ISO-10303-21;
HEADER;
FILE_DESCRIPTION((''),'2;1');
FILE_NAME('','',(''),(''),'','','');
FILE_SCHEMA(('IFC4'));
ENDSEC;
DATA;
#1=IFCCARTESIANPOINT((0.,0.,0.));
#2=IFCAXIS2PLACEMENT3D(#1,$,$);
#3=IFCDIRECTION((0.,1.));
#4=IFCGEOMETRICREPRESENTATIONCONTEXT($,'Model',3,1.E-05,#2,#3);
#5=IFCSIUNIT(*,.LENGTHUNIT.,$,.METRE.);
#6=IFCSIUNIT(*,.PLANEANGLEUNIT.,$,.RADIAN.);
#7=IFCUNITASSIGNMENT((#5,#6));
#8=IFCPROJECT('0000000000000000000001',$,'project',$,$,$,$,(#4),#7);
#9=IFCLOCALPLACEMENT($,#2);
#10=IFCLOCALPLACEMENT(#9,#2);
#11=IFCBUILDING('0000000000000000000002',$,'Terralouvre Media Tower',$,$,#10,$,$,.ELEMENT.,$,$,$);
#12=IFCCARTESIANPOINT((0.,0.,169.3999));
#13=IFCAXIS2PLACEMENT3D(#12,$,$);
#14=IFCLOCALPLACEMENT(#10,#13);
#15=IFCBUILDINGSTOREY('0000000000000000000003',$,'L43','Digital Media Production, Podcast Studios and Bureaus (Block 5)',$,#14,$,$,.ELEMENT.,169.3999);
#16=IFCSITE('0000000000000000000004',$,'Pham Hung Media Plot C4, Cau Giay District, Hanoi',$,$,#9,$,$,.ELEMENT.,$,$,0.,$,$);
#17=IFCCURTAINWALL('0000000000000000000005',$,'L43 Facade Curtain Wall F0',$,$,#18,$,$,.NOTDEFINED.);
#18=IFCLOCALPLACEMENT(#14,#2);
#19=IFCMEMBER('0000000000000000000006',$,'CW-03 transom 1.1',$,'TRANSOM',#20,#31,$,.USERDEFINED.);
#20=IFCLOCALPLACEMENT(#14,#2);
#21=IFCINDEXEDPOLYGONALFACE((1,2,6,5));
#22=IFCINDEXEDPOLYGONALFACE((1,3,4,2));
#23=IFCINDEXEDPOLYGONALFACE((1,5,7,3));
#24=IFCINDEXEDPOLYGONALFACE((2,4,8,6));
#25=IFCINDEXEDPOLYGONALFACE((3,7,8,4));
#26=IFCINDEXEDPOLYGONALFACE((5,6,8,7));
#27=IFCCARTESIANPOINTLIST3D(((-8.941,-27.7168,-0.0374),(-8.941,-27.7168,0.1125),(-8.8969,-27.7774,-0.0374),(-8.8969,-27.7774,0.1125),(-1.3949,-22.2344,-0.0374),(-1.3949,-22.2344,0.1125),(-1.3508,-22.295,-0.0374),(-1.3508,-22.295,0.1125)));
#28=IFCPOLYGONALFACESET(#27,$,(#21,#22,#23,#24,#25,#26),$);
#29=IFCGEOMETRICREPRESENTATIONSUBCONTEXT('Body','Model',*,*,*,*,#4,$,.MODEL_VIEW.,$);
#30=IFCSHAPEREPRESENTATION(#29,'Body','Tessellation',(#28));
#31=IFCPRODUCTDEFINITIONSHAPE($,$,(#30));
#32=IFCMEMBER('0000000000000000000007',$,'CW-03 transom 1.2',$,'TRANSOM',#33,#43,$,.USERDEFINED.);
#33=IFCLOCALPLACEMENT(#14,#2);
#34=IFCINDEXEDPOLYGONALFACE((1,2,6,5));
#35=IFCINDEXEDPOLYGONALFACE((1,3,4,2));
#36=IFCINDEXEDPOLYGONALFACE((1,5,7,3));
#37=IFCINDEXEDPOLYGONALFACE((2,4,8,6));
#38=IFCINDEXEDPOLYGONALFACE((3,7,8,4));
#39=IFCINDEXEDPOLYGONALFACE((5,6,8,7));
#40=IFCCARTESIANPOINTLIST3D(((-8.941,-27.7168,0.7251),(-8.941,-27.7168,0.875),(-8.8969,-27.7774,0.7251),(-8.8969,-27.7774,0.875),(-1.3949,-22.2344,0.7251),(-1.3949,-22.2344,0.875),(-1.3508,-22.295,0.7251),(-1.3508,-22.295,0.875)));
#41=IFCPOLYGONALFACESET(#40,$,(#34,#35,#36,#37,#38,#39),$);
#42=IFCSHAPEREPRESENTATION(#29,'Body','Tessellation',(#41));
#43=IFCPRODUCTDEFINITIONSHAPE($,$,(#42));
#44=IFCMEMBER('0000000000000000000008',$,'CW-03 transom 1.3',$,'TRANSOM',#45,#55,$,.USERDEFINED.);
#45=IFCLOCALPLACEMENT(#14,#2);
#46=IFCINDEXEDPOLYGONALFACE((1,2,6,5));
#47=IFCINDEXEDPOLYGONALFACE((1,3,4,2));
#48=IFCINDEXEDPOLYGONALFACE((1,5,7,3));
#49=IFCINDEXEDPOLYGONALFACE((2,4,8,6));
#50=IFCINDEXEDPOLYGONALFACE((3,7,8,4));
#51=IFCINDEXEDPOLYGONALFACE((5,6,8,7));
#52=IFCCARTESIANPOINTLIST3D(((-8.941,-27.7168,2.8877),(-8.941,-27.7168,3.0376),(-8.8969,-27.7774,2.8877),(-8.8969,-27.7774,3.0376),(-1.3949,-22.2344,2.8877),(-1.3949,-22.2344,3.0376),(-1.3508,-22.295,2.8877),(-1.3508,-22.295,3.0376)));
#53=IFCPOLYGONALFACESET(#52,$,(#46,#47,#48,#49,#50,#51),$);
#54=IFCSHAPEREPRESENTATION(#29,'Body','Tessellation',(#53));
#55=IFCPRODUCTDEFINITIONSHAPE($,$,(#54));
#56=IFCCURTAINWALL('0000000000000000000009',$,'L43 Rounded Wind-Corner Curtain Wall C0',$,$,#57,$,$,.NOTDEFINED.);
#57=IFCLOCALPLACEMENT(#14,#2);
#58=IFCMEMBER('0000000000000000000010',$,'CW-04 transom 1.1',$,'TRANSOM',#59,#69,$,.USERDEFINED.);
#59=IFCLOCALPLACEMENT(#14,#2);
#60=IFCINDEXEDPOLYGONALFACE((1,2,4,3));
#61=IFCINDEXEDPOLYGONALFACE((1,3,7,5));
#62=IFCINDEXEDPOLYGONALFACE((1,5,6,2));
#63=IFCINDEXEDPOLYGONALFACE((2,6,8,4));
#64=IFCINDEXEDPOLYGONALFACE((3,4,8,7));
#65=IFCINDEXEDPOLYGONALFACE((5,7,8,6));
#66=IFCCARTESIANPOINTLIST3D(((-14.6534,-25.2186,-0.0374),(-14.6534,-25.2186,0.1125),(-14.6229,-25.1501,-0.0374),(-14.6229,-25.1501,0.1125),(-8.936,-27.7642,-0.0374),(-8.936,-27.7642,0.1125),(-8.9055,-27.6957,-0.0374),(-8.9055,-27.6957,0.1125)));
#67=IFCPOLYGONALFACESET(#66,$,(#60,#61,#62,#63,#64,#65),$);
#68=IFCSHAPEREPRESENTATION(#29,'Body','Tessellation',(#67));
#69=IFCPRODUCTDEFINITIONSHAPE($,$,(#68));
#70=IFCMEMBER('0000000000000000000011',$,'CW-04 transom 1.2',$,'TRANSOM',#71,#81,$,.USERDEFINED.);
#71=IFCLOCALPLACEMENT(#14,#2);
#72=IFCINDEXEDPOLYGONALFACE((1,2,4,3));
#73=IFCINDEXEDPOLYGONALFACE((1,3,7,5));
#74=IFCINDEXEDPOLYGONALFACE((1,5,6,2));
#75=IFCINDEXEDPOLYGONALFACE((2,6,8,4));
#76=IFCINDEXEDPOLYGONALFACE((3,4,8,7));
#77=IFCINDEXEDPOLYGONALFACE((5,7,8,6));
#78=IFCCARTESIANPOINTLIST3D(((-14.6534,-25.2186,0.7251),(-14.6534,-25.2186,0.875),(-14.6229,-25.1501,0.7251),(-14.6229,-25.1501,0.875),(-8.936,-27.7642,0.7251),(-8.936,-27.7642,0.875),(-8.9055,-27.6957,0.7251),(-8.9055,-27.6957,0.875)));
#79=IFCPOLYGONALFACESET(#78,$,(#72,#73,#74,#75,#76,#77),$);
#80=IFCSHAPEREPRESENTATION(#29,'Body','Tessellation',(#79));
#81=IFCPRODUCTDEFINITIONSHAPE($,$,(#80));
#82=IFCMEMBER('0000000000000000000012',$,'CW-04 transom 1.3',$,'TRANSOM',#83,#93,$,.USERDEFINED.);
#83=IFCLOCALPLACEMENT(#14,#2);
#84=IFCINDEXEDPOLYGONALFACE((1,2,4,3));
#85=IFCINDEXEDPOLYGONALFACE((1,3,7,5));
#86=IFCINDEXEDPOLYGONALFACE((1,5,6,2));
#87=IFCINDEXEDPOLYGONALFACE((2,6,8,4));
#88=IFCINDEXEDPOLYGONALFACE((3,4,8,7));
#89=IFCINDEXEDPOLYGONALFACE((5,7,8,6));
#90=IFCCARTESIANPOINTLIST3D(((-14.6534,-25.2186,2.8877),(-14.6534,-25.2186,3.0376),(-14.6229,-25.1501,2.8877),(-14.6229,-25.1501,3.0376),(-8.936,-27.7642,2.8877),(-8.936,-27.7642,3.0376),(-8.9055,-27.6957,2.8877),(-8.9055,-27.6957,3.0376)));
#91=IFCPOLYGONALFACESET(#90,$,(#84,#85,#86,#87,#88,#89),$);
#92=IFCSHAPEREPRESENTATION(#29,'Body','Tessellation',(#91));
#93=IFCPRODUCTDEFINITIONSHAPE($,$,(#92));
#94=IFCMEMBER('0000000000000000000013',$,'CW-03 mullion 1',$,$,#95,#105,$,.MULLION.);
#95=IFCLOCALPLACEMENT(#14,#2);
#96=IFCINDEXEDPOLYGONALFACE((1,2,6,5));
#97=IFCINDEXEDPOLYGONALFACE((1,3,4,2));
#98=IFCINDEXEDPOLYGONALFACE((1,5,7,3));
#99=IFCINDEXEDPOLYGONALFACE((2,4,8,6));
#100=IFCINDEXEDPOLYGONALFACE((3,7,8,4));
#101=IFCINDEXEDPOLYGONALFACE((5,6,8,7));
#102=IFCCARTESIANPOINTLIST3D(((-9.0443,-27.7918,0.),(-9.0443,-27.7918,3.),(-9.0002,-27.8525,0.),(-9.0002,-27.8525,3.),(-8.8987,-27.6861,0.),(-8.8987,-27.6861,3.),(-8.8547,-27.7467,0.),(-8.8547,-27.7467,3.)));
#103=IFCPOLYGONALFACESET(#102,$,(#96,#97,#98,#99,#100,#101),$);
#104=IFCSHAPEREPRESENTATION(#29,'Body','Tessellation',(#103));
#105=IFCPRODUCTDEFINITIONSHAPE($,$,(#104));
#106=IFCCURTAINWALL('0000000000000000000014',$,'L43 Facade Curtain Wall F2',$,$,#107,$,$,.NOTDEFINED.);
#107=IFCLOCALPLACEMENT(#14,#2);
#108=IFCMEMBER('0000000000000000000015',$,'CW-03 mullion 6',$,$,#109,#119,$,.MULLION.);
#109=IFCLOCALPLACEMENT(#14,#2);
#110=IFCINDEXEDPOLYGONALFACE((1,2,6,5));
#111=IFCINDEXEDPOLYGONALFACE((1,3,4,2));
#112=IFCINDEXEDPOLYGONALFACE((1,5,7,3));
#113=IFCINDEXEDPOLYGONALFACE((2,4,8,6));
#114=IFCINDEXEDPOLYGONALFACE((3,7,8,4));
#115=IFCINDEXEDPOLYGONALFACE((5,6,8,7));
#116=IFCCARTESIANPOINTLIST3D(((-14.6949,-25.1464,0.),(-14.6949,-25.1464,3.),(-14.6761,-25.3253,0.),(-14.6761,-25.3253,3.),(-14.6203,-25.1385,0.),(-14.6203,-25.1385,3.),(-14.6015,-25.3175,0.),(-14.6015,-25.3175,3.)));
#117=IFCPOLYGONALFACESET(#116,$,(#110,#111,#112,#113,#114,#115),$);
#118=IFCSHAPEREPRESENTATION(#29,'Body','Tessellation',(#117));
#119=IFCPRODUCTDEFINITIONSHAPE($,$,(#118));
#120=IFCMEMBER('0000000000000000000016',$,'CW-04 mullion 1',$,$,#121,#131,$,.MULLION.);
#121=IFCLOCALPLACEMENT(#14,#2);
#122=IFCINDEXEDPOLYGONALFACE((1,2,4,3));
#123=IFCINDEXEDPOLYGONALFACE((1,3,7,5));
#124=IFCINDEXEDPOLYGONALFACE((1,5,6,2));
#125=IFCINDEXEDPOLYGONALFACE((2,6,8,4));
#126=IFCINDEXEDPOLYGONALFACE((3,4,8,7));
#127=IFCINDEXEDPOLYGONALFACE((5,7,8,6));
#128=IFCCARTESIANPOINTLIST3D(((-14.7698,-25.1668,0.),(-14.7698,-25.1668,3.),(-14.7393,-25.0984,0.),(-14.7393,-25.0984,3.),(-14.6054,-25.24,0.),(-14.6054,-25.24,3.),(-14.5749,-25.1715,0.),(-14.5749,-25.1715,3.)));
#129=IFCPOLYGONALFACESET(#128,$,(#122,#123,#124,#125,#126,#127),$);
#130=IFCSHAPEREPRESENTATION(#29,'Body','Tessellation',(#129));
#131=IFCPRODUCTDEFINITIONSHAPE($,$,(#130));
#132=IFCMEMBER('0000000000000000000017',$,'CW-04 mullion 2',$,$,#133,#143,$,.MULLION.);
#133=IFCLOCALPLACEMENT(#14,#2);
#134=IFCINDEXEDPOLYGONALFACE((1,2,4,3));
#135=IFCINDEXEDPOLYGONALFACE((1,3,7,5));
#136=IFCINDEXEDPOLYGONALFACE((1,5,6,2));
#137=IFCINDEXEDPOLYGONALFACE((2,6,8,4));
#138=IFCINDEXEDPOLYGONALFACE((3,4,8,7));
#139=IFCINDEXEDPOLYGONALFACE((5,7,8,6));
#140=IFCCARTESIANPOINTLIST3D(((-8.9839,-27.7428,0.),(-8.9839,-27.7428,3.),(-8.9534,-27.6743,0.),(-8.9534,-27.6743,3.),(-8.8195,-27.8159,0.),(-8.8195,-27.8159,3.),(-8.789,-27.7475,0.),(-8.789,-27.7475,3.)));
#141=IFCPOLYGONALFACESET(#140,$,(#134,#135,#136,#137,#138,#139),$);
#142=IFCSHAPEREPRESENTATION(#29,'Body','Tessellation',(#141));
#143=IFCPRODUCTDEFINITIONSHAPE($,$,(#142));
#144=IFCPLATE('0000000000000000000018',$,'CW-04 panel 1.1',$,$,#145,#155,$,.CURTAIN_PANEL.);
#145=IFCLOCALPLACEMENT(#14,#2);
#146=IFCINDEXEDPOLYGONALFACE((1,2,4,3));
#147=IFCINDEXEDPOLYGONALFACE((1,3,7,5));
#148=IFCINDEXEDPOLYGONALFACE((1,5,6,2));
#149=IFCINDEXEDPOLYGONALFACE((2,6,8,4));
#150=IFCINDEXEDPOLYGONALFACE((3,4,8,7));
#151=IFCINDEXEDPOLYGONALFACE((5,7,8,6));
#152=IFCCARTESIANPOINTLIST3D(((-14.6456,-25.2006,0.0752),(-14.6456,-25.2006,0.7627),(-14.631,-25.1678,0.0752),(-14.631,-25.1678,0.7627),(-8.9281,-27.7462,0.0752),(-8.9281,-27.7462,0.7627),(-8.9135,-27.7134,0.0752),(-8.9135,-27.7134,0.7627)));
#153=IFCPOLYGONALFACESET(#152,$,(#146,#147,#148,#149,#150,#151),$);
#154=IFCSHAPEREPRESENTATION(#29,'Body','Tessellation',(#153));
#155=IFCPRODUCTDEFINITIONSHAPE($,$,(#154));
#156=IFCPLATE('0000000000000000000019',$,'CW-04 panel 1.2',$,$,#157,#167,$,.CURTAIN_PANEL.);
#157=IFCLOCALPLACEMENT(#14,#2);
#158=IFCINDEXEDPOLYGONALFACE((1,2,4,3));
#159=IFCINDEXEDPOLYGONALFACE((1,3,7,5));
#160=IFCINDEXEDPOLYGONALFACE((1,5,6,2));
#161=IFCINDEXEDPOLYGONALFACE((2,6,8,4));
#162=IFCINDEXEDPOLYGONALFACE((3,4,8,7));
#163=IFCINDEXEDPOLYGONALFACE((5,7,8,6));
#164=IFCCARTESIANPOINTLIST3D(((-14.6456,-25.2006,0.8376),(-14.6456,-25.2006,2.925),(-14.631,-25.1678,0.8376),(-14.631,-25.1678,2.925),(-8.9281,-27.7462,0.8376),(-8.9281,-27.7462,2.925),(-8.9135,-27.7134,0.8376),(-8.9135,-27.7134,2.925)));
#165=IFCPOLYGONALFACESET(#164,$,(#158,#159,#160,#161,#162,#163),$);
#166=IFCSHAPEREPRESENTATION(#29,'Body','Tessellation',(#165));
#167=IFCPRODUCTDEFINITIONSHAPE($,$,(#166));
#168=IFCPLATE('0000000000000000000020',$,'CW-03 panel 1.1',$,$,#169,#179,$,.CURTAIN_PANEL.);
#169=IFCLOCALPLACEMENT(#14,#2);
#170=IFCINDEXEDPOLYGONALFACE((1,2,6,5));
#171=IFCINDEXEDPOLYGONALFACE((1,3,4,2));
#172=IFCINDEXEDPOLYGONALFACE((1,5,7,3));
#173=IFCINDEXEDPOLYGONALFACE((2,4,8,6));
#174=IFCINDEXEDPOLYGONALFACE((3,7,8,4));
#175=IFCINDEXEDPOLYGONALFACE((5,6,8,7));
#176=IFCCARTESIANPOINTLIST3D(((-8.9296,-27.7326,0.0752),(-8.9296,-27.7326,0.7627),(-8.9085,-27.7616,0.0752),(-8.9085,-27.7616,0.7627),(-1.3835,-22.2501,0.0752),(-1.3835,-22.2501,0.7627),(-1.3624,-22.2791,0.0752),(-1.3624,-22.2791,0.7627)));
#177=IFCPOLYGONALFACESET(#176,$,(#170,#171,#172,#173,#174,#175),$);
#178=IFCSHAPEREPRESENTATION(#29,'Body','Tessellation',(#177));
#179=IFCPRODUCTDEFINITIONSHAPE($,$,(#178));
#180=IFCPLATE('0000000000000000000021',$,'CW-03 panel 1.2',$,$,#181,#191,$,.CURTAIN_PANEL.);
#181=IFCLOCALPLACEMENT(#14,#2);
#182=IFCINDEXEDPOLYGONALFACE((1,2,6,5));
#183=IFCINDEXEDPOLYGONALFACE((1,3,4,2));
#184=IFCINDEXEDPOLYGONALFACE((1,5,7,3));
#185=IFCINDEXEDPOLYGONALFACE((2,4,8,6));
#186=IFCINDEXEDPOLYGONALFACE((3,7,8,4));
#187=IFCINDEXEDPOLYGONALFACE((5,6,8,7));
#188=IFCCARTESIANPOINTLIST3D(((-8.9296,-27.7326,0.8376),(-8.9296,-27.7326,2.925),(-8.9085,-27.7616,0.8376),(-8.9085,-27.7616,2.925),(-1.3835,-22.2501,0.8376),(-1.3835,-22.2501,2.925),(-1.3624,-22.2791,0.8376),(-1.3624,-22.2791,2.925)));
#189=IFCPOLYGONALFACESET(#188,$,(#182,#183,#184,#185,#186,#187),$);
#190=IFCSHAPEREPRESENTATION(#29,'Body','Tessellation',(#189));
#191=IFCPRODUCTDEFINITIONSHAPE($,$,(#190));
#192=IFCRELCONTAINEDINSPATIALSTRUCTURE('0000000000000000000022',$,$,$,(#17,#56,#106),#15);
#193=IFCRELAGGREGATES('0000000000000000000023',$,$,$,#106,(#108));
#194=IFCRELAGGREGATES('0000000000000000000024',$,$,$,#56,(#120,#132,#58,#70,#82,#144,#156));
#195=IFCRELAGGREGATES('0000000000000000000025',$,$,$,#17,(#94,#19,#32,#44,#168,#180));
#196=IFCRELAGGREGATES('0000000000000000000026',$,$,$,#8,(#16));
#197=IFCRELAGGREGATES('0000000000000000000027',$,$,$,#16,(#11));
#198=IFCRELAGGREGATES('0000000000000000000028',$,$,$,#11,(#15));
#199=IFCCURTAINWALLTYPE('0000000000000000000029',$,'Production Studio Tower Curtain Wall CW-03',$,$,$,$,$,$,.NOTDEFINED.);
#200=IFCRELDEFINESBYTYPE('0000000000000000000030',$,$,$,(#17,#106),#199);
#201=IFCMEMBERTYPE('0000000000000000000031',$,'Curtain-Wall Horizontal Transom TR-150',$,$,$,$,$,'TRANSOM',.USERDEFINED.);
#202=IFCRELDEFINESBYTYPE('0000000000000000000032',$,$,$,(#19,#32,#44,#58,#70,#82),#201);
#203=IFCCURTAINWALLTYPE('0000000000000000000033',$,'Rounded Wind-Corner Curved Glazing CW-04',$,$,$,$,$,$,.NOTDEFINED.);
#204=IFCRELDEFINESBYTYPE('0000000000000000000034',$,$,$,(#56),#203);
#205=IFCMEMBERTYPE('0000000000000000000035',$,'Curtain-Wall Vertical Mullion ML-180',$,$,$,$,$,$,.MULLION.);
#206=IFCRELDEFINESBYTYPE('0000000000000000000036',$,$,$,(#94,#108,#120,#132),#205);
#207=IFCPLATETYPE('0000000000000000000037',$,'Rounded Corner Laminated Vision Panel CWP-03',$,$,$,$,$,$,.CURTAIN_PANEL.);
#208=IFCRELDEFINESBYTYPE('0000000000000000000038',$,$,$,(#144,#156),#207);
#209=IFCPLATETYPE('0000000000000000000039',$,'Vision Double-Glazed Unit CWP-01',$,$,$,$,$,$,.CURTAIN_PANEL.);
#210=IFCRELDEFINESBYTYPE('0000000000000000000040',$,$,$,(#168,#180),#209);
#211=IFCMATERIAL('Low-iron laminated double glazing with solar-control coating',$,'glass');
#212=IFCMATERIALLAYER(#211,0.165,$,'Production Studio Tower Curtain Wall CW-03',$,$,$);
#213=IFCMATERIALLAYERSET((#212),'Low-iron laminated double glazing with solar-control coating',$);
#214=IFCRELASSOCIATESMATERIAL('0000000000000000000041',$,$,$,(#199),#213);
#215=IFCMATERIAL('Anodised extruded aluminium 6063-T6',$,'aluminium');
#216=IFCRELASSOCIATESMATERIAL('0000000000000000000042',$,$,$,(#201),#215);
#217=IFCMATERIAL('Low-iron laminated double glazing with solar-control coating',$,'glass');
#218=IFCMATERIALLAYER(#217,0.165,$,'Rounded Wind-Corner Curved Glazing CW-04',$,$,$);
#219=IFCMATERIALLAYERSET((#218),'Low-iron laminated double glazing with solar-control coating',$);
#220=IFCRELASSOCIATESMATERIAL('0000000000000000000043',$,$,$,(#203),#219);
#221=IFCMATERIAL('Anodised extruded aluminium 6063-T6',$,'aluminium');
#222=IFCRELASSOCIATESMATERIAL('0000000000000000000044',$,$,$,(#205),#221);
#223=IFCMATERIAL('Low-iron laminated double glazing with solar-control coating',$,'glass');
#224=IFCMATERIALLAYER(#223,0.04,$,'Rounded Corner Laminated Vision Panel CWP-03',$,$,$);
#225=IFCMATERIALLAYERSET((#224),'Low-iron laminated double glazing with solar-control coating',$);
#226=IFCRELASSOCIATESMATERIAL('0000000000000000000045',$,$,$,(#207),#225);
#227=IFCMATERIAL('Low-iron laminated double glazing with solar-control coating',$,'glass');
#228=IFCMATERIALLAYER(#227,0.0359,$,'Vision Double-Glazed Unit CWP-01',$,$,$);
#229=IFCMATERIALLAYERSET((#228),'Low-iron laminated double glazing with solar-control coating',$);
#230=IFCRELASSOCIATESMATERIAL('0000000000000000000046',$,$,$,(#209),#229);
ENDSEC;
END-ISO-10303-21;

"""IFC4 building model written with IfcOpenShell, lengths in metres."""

from ifc_helpers import new_model, si_unit, direction, frame, origin, origin_2d, place, context, subcontext, project, spatial, rectangle, extrude, material, layer, layer_set, material_profile, profile_set, type_object, element, aggregate, save


model = new_model("IFC4")

# Units and contexts
model_context = context("Model", 3, precision=1e-05, world=origin(), true_north=direction((0.0, 1.0)))
body_context = subcontext(model_context, "Body", "Model", "MODEL_VIEW")
ifc_project = project(units=[si_unit("LENGTHUNIT", "METRE"), si_unit("PLANEANGLEUNIT", "RADIAN")], contexts=[model_context])

# Site, building, storey
site_placement = place(None, origin())
site = spatial("IfcSite", under=ifc_project, at=site_placement, Name="Pham Hung Media Plot C4, Cau Giay District, Hanoi", CompositionType="ELEMENT", RefElevation=0.0)
building_placement = place(site_placement, origin())
building = spatial("IfcBuilding", under=site, at=building_placement, Name="Terralouvre Media Tower", CompositionType="ELEMENT")
storey_placement = place(building_placement, frame((0.0, 0.0, 169.3999)))
storey = spatial("IfcBuildingStorey", under=building, at=storey_placement, Name="L43", Description="Digital Media Production, Podcast Studios and Bureaus (Block 5)", CompositionType="ELEMENT", Elevation=169.3999)

# Curtain walls, members
ifc_material_1 = material(Name="Low-iron laminated double glazing with solar-control coating", Category="glass")
ifc_layer_1 = layer(ifc_material_1, 0.165, Name="Production Studio Tower Curtain Wall CW-03")
ifc_layer_set_1 = layer_set([ifc_layer_1], Name="Low-iron laminated double glazing with solar-control coating")
curtain_wall_type_1 = type_object("IfcCurtainWallType", Name="Production Studio Tower Curtain Wall CW-03", PredefinedType="NOTDEFINED", material=ifc_layer_set_1)
curtain_wall_1_placement = place(storey_placement, origin())
curtain_wall_1 = element("IfcCurtainWall", 1, at=curtain_wall_1_placement, inside=storey, type_object=curtain_wall_type_1, Name="L43 Facade Curtain Wall F0", PredefinedType="NOTDEFINED")
ifc_material_2 = material(Name="Anodised extruded aluminium 6063-T6", Category="aluminium")
ifc_material_profile_1 = material_profile(ifc_material_2, rectangle(XDim=0.075, YDim=0.1499, at=origin_2d()), Name="ALU 75x150")
ifc_profile_set_1 = profile_set([ifc_material_profile_1], Name="Anodised extruded aluminium 6063-T6")
member_type_1 = type_object("IfcMemberType", Name="Curtain-Wall Horizontal Transom TR-150", ElementType="TRANSOM", PredefinedType="USERDEFINED", material=ifc_profile_set_1)
member_1_placement = place(storey_placement, frame((-8.9189, -27.7471, 0.0376), z_axis=(0.809026, 0.587773, 0.0), x_axis=(-0.587773, 0.809026, 0.0)))
member_1 = element("IfcMember", 2, at=member_1_placement, type_object=member_type_1, Name="CW-03 transom 1.1", ObjectType="TRANSOM", PredefinedType="USERDEFINED", context=body_context, shape_type="SweptSolid", body=[
    extrude(rectangle(XDim=0.075, YDim=0.1499, at=origin_2d()), origin(), (0.0, 0.0, 1.0), 9.3274),
])
member_2_placement = place(storey_placement, frame((-8.9189, -27.7471, 0.8), z_axis=(0.809026, 0.587773, 0.0), x_axis=(-0.587773, 0.809026, 0.0)))
member_2 = element("IfcMember", 3, at=member_2_placement, type_object=member_type_1, Name="CW-03 transom 1.2", ObjectType="TRANSOM", PredefinedType="USERDEFINED", context=body_context, shape_type="SweptSolid", body=[
    extrude(rectangle(XDim=0.075, YDim=0.1499, at=origin_2d()), origin(), (0.0, 0.0, 1.0), 9.3274),
])
member_3_placement = place(storey_placement, frame((-8.9189, -27.7471, 2.9626), z_axis=(0.809026, 0.587773, 0.0), x_axis=(-0.587773, 0.809026, 0.0)))
member_3 = element("IfcMember", 4, at=member_3_placement, type_object=member_type_1, Name="CW-03 transom 1.3", ObjectType="TRANSOM", PredefinedType="USERDEFINED", context=body_context, shape_type="SweptSolid", body=[
    extrude(rectangle(XDim=0.075, YDim=0.1499, at=origin_2d()), origin(), (0.0, 0.0, 1.0), 9.3274),
])
ifc_material_3 = material(Name="Low-iron laminated double glazing with solar-control coating", Category="glass")
ifc_layer_2 = layer(ifc_material_3, 0.165, Name="Rounded Wind-Corner Curved Glazing CW-04")
ifc_layer_set_2 = layer_set([ifc_layer_2], Name="Low-iron laminated double glazing with solar-control coating")
curtain_wall_type_2 = type_object("IfcCurtainWallType", Name="Rounded Wind-Corner Curved Glazing CW-04", PredefinedType="NOTDEFINED", material=ifc_layer_set_2)
curtain_wall_2_placement = place(storey_placement, origin())
curtain_wall_2 = element("IfcCurtainWall", 5, at=curtain_wall_2_placement, inside=storey, type_object=curtain_wall_type_2, Name="L43 Rounded Wind-Corner Curtain Wall C0", PredefinedType="NOTDEFINED")
member_4_placement = place(storey_placement, frame((-14.6382, -25.1843, 0.0376), z_axis=(0.913543, -0.406743, 0.0), x_axis=(0.406743, 0.913543, 0.0)))
member_4 = element("IfcMember", 6, at=member_4_placement, type_object=member_type_1, Name="CW-04 transom 1.1", ObjectType="TRANSOM", PredefinedType="USERDEFINED", context=body_context, shape_type="SweptSolid", body=[
    extrude(rectangle(XDim=0.075, YDim=0.1499, at=origin_2d()), origin(), (0.0, 0.0, 1.0), 6.2585),
])
member_5_placement = place(storey_placement, frame((-14.6382, -25.1843, 0.8), z_axis=(0.913543, -0.406743, 0.0), x_axis=(0.406743, 0.913543, 0.0)))
member_5 = element("IfcMember", 7, at=member_5_placement, type_object=member_type_1, Name="CW-04 transom 1.2", ObjectType="TRANSOM", PredefinedType="USERDEFINED", context=body_context, shape_type="SweptSolid", body=[
    extrude(rectangle(XDim=0.075, YDim=0.1499, at=origin_2d()), origin(), (0.0, 0.0, 1.0), 6.2585),
])
member_6_placement = place(storey_placement, frame((-14.6382, -25.1843, 2.9626), z_axis=(0.913543, -0.406743, 0.0), x_axis=(0.406743, 0.913543, 0.0)))
member_6 = element("IfcMember", 8, at=member_6_placement, type_object=member_type_1, Name="CW-04 transom 1.3", ObjectType="TRANSOM", PredefinedType="USERDEFINED", context=body_context, shape_type="SweptSolid", body=[
    extrude(rectangle(XDim=0.075, YDim=0.1499, at=origin_2d()), origin(), (0.0, 0.0, 1.0), 6.2585),
])

# Member
ifc_material_4 = material(Name="Anodised extruded aluminium 6063-T6", Category="aluminium")
ifc_material_profile_2 = material_profile(ifc_material_4, rectangle(XDim=0.075, YDim=0.1799, at=origin_2d()), Name="ALU 75x180")
ifc_profile_set_2 = profile_set([ifc_material_profile_2], Name="Anodised extruded aluminium 6063-T6")
member_type_2 = type_object("IfcMemberType", Name="Curtain-Wall Vertical Mullion ML-180", PredefinedType="MULLION", material=ifc_profile_set_2)
member_7_placement = place(storey_placement, frame((-8.9495, -27.7693, 0.0), z_axis=(0.0, 0.0, 1.0), x_axis=(-0.587785, 0.809017, 0.0)))
member_7 = element("IfcMember", 9, at=member_7_placement, type_object=member_type_2, Name="CW-03 mullion 1", PredefinedType="MULLION", context=body_context, shape_type="SweptSolid", body=[
    extrude(rectangle(XDim=0.075, YDim=0.1799, at=origin_2d()), origin(), (0.0, 0.0, 1.0), 3.0),
])

# Curtain wall, member
curtain_wall_3_placement = place(storey_placement, origin())
curtain_wall_3 = element("IfcCurtainWall", 10, at=curtain_wall_3_placement, inside=storey, type_object=curtain_wall_type_1, Name="L43 Facade Curtain Wall F2", PredefinedType="NOTDEFINED")
member_8_placement = place(storey_placement, frame((-14.6482, -25.2319, 0.0), z_axis=(0.0, 0.0, 1.0), x_axis=(0.994522, 0.104528, 0.0)))
member_8 = element("IfcMember", 11, at=member_8_placement, type_object=member_type_2, Name="CW-03 mullion 6", PredefinedType="MULLION", context=body_context, shape_type="SweptSolid", body=[
    extrude(rectangle(XDim=0.075, YDim=0.1799, at=origin_2d()), origin(), (0.0, 0.0, 1.0), 3.0),
])
aggregate(curtain_wall_3, [member_8])

# Members
member_9_placement = place(storey_placement, frame((-14.6724, -25.1692, 0.0), z_axis=(0.0, 0.0, 1.0), x_axis=(0.406737, 0.913545, 0.0)))
member_9 = element("IfcMember", 12, at=member_9_placement, type_object=member_type_2, Name="CW-04 mullion 1", PredefinedType="MULLION", context=body_context, shape_type="SweptSolid", body=[
    extrude(rectangle(XDim=0.075, YDim=0.1799, at=origin_2d()), origin(), (0.0, 0.0, 1.0), 3.0),
])
member_10_placement = place(storey_placement, frame((-8.8865, -27.7451, 0.0), z_axis=(0.0, 0.0, 1.0), x_axis=(0.406737, 0.913545, 0.0)))
member_10 = element("IfcMember", 13, at=member_10_placement, type_object=member_type_2, Name="CW-04 mullion 2", PredefinedType="MULLION", context=body_context, shape_type="SweptSolid", body=[
    extrude(rectangle(XDim=0.075, YDim=0.1799, at=origin_2d()), origin(), (0.0, 0.0, 1.0), 3.0),
])

# Plates
ifc_material_5 = material(Name="Low-iron laminated double glazing with solar-control coating", Category="glass")
ifc_layer_3 = layer(ifc_material_5, 0.04, Name="Rounded Corner Laminated Vision Panel CWP-03")
ifc_layer_set_3 = layer_set([ifc_layer_3], Name="Low-iron laminated double glazing with solar-control coating")
plate_type_1 = type_object("IfcPlateType", Name="Rounded Corner Laminated Vision Panel CWP-03", PredefinedType="CURTAIN_PANEL", material=ifc_layer_set_3)
plate_1_placement = place(storey_placement, frame((-11.7795, -26.457, 0.0752), z_axis=(0.0, 0.0, 1.0), x_axis=(0.913545, -0.406737, 0.0)))
plate_1 = element("IfcPlate", 14, at=plate_1_placement, type_object=plate_type_1, Name="CW-04 panel 1.1", PredefinedType="CURTAIN_PANEL", context=body_context, shape_type="SweptSolid", body=[
    extrude(rectangle(XDim=6.2585, YDim=0.0359, at=origin_2d()), origin(), (0.0, 0.0, 1.0), 0.6875),
])
plate_2_placement = place(storey_placement, frame((-11.7795, -26.457, 0.8376), z_axis=(0.0, 0.0, 1.0), x_axis=(0.913545, -0.406737, 0.0)))
plate_2 = element("IfcPlate", 15, at=plate_2_placement, type_object=plate_type_1, Name="CW-04 panel 1.2", PredefinedType="CURTAIN_PANEL", context=body_context, shape_type="SweptSolid", body=[
    extrude(rectangle(XDim=6.2585, YDim=0.0359, at=origin_2d()), origin(), (0.0, 0.0, 1.0), 2.0874),
])
aggregate(curtain_wall_2, [member_9, member_10, member_4, member_5, member_6, plate_1, plate_2])
ifc_material_6 = material(Name="Low-iron laminated double glazing with solar-control coating", Category="glass")
ifc_layer_4 = layer(ifc_material_6, 0.0359, Name="Vision Double-Glazed Unit CWP-01")
ifc_layer_set_4 = layer_set([ifc_layer_4], Name="Low-iron laminated double glazing with solar-control coating")
plate_type_2 = type_object("IfcPlateType", Name="Vision Double-Glazed Unit CWP-01", PredefinedType="CURTAIN_PANEL", material=ifc_layer_set_4)
plate_3_placement = place(storey_placement, frame((-5.146, -25.0059, 0.0752), z_axis=(0.0, 0.0, 1.0), x_axis=(0.809017, 0.587785, 0.0)))
plate_3 = element("IfcPlate", 16, at=plate_3_placement, type_object=plate_type_2, Name="CW-03 panel 1.1", PredefinedType="CURTAIN_PANEL", context=body_context, shape_type="SweptSolid", body=[
    extrude(rectangle(XDim=9.3274, YDim=0.0359, at=origin_2d()), origin(), (0.0, 0.0, 1.0), 0.6875),
])
plate_4_placement = place(storey_placement, frame((-5.146, -25.0059, 0.8376), z_axis=(0.0, 0.0, 1.0), x_axis=(0.809017, 0.587785, 0.0)))
plate_4 = element("IfcPlate", 17, at=plate_4_placement, type_object=plate_type_2, Name="CW-03 panel 1.2", PredefinedType="CURTAIN_PANEL", context=body_context, shape_type="SweptSolid", body=[
    extrude(rectangle(XDim=9.3274, YDim=0.0359, at=origin_2d()), origin(), (0.0, 0.0, 1.0), 2.0874),
])
aggregate(curtain_wall_1, [member_7, member_1, member_2, member_3, plate_3, plate_4])

save(model, "model.ifc")
